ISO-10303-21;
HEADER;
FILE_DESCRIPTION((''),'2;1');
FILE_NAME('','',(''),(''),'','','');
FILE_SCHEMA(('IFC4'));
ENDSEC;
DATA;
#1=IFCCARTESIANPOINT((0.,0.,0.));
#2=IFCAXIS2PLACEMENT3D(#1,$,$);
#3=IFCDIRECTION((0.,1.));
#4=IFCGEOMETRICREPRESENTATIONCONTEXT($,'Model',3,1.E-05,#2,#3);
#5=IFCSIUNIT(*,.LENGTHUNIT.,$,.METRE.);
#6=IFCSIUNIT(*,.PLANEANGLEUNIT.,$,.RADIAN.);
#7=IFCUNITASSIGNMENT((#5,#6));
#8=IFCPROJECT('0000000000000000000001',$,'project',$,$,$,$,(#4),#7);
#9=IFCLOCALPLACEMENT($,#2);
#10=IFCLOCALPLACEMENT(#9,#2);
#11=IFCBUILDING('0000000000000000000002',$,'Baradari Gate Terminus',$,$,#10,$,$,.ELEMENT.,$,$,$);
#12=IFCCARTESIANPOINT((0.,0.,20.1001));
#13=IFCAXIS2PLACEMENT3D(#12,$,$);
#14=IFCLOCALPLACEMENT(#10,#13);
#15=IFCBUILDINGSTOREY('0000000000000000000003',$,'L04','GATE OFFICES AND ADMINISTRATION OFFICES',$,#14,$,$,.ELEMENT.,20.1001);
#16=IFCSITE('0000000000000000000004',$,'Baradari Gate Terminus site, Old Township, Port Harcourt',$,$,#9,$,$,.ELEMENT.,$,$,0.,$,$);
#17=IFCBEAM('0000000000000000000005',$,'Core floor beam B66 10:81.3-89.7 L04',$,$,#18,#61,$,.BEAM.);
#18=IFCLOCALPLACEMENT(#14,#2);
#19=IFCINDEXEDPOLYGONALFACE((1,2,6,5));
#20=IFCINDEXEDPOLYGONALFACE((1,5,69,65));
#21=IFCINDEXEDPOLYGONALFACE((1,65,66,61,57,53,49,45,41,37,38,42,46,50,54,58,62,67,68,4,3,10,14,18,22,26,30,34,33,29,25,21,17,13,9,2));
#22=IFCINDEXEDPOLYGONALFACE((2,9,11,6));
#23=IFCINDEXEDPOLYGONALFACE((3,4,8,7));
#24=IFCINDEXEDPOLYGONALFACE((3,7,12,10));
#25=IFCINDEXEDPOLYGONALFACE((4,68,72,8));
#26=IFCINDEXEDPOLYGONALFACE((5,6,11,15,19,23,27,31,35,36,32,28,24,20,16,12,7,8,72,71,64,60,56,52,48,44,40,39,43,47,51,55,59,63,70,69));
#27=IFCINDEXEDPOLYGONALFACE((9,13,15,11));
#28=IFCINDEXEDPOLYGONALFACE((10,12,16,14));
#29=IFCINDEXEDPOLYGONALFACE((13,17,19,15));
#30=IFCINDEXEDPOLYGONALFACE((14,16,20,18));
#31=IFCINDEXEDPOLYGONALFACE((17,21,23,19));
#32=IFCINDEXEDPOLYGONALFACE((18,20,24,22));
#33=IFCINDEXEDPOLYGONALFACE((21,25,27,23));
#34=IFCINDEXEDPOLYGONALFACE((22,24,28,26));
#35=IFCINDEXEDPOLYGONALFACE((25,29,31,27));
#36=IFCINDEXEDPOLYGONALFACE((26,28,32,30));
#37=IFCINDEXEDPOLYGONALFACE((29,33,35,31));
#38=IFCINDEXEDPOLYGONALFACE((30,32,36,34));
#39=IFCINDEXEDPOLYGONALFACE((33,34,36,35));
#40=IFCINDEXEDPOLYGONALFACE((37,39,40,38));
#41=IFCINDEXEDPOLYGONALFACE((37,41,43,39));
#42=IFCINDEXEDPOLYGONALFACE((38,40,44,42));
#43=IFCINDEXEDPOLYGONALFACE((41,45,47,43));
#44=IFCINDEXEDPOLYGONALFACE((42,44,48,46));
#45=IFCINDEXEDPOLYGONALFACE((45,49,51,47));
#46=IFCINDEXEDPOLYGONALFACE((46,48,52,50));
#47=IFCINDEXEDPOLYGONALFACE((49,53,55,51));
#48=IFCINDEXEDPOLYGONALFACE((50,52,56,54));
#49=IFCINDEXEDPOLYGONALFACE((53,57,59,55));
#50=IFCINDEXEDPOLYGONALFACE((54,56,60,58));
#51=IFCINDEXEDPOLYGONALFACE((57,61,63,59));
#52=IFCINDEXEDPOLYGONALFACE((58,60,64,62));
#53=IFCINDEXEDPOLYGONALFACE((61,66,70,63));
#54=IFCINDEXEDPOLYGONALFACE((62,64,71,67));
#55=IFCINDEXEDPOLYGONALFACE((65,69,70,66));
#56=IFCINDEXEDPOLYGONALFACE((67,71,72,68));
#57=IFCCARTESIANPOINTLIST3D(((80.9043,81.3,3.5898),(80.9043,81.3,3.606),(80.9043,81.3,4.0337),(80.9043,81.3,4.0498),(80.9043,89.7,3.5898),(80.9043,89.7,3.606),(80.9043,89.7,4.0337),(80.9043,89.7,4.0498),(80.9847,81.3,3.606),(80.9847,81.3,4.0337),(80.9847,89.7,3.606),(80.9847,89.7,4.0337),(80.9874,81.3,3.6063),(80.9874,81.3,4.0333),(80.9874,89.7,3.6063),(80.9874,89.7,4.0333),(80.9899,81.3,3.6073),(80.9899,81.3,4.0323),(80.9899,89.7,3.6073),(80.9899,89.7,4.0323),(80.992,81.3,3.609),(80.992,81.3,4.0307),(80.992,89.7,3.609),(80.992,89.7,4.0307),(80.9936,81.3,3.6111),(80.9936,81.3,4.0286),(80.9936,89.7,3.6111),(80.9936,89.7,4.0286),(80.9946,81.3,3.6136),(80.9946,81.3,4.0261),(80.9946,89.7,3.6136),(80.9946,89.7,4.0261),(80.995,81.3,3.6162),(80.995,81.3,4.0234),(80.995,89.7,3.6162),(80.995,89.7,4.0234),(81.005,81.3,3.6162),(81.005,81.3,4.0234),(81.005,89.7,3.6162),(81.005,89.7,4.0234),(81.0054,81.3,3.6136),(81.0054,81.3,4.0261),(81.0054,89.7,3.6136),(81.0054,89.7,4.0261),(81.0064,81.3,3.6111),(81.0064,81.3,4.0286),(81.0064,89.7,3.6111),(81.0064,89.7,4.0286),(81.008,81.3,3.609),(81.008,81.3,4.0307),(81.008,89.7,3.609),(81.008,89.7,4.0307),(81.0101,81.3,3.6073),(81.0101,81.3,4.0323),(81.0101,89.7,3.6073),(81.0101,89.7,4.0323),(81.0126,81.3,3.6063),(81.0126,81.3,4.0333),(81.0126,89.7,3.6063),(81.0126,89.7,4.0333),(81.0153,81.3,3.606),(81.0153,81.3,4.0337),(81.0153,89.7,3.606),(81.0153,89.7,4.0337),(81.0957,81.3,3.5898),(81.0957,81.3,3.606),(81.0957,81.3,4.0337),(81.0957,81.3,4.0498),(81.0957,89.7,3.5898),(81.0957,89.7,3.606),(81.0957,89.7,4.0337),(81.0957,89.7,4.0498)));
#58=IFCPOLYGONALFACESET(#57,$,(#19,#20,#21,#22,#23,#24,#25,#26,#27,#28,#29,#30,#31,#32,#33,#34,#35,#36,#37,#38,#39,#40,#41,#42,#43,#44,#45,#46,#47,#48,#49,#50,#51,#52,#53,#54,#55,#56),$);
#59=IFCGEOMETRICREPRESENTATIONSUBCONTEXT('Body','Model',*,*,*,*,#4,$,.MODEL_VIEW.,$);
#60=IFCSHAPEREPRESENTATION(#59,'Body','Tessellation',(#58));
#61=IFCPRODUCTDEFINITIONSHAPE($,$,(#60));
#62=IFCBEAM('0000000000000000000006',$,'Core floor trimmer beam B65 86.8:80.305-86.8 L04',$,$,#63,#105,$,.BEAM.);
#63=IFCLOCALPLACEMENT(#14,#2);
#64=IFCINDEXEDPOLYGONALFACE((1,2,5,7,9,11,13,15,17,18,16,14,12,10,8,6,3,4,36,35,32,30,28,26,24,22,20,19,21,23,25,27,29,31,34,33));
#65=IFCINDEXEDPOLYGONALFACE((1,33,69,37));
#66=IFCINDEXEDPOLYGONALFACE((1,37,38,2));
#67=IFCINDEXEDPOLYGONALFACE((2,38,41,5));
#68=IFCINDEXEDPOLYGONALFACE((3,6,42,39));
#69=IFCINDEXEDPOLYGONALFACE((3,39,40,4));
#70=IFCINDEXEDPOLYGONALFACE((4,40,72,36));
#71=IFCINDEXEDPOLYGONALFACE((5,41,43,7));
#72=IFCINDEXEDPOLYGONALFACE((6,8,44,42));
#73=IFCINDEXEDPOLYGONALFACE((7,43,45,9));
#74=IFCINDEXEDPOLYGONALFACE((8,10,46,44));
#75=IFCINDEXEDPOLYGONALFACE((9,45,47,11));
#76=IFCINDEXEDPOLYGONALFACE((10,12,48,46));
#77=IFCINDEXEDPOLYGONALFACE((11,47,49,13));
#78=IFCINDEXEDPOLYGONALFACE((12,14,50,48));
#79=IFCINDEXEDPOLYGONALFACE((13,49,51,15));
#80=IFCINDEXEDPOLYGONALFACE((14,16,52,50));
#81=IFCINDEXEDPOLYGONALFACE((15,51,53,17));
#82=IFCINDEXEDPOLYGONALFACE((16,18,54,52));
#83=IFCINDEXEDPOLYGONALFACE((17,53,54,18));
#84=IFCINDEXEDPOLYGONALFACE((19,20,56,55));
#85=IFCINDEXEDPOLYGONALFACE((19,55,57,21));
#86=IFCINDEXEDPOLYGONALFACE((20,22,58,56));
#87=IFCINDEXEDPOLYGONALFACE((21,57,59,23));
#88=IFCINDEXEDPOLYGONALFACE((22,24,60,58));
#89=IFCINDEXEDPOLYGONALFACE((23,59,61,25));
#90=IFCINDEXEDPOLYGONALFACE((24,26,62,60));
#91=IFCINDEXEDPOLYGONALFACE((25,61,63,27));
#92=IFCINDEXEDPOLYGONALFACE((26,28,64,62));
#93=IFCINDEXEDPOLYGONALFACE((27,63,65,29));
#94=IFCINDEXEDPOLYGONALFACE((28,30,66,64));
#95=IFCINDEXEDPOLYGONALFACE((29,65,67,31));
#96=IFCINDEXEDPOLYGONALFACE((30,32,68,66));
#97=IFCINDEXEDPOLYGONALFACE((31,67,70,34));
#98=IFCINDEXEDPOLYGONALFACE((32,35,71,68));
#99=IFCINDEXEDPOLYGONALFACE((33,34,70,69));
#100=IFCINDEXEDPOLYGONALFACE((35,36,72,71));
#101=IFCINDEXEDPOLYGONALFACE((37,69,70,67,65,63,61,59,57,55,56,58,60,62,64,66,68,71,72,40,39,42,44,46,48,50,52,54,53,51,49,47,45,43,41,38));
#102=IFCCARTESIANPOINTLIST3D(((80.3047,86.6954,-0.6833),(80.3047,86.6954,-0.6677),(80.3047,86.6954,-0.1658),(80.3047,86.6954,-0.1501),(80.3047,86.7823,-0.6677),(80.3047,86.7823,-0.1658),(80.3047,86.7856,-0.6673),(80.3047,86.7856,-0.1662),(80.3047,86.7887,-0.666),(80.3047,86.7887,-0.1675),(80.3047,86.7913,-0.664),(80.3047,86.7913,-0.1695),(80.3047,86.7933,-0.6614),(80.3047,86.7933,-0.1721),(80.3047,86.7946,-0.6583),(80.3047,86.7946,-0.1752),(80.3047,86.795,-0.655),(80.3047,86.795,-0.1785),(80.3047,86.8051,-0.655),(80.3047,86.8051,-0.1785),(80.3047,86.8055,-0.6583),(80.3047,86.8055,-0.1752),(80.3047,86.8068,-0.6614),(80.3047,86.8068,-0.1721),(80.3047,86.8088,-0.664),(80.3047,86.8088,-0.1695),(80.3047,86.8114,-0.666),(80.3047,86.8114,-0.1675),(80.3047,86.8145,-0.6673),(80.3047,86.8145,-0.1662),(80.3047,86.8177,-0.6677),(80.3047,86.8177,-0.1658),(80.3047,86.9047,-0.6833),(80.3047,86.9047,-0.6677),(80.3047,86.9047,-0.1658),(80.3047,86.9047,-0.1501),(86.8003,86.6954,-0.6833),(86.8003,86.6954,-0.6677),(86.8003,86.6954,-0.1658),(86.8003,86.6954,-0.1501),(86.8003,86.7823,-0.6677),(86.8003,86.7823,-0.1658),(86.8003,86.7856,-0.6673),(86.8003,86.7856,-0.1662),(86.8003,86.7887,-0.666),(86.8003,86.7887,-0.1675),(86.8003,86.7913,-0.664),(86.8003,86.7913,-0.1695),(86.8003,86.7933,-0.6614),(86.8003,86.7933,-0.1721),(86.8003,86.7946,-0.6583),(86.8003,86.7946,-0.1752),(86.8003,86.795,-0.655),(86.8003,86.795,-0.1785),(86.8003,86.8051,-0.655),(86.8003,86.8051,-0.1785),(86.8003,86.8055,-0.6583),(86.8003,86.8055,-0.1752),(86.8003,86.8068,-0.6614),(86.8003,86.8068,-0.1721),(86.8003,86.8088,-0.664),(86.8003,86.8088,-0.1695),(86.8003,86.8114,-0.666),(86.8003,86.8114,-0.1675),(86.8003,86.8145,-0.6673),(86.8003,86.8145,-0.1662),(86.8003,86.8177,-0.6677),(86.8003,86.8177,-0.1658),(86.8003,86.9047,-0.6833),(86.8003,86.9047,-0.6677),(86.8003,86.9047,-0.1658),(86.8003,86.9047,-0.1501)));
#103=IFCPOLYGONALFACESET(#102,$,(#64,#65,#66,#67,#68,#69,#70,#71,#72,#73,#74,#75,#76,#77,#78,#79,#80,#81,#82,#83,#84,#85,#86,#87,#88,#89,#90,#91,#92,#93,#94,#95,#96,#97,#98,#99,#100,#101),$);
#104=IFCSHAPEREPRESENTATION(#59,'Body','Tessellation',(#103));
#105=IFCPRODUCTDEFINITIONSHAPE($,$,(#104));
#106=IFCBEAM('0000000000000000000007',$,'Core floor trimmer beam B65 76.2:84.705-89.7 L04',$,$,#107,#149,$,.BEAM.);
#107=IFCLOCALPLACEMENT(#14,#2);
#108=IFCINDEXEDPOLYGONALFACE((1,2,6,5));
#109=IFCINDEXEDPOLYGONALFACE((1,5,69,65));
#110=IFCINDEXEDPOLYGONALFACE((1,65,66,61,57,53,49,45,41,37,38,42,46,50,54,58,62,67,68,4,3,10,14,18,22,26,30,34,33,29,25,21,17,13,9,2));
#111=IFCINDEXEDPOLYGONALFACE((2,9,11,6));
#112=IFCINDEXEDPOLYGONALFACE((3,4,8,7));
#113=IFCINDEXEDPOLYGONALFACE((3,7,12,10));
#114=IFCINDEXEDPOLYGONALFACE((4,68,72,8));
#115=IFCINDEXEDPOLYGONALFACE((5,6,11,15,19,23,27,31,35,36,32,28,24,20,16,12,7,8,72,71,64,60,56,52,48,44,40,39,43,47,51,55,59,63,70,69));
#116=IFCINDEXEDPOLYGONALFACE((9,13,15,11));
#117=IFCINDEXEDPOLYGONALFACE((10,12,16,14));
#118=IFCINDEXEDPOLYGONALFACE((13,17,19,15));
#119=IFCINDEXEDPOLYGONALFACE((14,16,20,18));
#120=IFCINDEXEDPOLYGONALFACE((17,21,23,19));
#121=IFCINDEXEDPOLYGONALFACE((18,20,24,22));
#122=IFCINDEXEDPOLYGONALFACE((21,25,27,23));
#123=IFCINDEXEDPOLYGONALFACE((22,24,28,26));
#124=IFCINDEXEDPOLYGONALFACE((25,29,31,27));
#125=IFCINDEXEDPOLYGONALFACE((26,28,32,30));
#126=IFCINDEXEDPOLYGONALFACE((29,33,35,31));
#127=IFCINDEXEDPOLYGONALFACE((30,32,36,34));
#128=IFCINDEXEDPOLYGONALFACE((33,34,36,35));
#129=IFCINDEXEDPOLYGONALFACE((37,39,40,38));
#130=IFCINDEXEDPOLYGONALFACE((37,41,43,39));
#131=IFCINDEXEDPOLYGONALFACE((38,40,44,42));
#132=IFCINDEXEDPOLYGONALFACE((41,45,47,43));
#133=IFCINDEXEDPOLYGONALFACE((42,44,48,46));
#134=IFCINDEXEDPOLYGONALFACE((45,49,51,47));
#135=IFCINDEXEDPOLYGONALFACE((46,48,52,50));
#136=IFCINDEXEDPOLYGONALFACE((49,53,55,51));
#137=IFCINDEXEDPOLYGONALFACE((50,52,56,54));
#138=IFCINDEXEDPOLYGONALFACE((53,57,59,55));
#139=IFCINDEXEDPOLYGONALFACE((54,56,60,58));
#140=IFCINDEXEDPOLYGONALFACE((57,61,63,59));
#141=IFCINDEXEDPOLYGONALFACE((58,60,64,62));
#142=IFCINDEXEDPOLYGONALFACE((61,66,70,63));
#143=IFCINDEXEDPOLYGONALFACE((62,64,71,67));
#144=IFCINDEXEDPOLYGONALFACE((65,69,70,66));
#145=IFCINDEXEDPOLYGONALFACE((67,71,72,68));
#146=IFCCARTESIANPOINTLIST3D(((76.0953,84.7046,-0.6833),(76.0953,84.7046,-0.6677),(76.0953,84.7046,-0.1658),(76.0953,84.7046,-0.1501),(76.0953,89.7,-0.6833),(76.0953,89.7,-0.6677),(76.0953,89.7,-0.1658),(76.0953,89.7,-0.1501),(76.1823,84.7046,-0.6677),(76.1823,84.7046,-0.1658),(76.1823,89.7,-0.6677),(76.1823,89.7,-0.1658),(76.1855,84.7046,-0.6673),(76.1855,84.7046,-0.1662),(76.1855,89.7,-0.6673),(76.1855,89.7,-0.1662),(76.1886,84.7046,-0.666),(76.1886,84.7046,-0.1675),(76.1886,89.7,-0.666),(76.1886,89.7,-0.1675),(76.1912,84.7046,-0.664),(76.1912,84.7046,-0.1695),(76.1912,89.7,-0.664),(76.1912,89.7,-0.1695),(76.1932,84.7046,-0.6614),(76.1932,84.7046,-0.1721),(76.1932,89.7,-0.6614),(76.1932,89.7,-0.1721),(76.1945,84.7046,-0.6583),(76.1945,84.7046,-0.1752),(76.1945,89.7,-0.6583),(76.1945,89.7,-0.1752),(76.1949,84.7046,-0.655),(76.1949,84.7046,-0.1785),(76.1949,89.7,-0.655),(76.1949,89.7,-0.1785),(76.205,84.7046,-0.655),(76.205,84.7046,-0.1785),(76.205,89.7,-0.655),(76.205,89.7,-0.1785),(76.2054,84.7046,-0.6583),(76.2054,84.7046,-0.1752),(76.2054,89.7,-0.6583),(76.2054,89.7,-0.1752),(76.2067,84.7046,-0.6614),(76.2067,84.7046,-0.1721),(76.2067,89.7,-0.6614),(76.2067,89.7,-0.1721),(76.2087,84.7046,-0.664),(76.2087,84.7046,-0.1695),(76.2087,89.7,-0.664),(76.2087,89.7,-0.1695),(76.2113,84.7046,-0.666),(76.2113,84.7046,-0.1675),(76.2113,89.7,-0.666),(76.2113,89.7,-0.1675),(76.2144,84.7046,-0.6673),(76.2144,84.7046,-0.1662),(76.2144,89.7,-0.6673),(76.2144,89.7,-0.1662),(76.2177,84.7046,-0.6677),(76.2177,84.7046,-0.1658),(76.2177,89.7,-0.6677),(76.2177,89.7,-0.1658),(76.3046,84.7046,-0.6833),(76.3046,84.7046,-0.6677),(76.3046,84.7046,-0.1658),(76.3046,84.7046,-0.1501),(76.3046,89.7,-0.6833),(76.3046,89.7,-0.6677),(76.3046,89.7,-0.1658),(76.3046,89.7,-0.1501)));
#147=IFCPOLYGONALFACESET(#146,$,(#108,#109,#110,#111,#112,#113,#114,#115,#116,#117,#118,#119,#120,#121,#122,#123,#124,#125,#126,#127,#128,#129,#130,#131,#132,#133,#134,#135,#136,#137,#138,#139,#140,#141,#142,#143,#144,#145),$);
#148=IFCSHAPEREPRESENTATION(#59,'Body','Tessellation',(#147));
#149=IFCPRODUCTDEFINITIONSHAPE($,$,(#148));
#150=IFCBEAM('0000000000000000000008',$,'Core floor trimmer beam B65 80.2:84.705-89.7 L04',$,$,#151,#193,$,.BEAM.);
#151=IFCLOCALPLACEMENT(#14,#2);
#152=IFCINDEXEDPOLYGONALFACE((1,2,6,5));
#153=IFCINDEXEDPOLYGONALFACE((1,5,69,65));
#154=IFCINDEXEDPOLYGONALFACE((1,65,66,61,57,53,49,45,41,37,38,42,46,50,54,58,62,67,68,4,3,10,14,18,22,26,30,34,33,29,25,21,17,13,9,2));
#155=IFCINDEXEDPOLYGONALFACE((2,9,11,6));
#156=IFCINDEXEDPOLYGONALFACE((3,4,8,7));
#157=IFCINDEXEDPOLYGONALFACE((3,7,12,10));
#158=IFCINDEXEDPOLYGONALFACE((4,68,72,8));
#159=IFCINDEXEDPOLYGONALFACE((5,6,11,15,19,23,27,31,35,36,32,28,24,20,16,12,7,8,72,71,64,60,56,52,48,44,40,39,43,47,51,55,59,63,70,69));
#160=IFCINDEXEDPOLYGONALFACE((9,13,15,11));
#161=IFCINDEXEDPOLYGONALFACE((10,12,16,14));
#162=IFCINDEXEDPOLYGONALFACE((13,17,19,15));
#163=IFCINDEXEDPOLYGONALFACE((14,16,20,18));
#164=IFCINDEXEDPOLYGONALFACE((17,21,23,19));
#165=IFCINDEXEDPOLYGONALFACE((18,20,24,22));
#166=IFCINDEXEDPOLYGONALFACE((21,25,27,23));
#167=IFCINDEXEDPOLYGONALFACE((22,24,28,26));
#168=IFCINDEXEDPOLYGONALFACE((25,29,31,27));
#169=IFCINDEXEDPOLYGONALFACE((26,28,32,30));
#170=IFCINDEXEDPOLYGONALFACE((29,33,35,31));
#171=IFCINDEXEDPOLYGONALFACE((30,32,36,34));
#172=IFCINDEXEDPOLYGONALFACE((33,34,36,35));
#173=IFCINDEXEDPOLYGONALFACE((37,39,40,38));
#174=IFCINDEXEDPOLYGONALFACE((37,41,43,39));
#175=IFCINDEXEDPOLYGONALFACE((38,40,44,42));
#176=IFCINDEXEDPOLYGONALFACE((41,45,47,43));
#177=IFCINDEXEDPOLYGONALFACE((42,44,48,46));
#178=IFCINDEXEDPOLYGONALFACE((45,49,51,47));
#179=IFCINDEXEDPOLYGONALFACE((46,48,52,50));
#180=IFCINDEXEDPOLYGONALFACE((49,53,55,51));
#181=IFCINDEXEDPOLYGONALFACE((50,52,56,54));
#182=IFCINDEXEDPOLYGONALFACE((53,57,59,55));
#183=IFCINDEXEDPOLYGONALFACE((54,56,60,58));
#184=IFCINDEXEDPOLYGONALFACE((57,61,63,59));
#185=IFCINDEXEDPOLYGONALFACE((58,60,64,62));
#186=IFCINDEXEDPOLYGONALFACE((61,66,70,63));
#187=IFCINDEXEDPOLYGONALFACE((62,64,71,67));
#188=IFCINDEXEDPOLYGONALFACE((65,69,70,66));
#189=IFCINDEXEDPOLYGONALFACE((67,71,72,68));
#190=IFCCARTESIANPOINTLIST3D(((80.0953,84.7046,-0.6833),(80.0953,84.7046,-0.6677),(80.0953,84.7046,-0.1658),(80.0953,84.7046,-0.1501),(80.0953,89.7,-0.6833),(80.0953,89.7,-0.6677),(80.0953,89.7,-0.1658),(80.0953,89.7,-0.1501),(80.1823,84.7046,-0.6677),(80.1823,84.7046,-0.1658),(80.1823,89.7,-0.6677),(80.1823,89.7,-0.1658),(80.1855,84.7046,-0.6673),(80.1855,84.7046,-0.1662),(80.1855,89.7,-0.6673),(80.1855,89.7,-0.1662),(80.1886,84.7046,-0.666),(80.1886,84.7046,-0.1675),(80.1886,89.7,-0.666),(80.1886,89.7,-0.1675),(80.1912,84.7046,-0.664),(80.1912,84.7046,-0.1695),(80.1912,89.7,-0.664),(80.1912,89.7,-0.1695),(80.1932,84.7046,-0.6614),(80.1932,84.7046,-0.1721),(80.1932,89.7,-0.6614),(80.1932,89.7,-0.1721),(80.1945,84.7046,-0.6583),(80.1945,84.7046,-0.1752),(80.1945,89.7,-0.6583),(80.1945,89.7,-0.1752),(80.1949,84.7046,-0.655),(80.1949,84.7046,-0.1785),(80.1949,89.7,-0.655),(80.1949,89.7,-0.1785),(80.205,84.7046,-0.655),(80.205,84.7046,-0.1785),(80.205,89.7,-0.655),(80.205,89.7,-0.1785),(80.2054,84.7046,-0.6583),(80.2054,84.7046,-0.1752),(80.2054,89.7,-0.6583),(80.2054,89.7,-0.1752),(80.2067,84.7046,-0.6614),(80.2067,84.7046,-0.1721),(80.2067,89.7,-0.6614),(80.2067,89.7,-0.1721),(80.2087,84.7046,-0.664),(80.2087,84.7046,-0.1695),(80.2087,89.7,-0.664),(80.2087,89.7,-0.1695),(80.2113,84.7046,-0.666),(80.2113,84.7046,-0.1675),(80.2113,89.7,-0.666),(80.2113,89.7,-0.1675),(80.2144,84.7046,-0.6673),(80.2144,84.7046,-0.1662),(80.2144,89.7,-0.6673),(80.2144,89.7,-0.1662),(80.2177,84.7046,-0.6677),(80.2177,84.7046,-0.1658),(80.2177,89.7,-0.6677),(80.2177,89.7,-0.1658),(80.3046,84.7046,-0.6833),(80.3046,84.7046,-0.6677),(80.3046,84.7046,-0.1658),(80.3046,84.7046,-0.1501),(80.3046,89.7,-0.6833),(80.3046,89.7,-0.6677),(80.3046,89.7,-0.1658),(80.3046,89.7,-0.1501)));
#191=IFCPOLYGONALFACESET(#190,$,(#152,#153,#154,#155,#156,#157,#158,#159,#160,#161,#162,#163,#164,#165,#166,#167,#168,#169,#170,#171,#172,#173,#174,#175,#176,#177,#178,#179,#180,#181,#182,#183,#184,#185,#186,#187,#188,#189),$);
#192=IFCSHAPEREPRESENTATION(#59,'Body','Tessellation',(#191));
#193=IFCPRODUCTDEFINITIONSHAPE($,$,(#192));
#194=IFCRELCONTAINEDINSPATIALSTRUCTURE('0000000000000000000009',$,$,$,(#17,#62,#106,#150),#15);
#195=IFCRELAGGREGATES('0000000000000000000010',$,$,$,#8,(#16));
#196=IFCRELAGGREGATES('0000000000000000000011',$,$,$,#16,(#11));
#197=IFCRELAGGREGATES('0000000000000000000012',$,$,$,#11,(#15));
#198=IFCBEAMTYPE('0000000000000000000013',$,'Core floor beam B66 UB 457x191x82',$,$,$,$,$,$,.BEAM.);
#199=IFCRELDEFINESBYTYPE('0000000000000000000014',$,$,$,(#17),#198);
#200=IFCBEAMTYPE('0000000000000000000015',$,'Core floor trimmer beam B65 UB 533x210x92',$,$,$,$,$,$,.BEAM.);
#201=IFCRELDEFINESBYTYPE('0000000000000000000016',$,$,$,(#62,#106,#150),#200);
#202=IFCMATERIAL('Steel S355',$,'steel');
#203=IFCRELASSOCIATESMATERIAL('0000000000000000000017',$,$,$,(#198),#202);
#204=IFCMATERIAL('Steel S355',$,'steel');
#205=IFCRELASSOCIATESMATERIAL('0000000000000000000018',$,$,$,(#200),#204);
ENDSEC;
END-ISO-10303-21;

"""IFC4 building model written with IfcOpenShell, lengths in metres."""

from ifc_helpers import new_model, si_unit, direction, frame, origin, origin_2d, place, context, subcontext, project, spatial, i_section, extrude, material, material_profile, profile_set, type_object, element, save


model = new_model("IFC4")

# Units and contexts
model_context = context("Model", 3, precision=1e-05, world=origin(), true_north=direction((0.0, 1.0)))
body_context = subcontext(model_context, "Body", "Model", "MODEL_VIEW")
ifc_project = project(units=[si_unit("LENGTHUNIT", "METRE"), si_unit("PLANEANGLEUNIT", "RADIAN")], contexts=[model_context])

# Site, building, storey
site_placement = place(None, origin())
site = spatial("IfcSite", under=ifc_project, at=site_placement, Name="Baradari Gate Terminus site, Old Township, Port Harcourt", CompositionType="ELEMENT", RefElevation=0.0)
building_placement = place(site_placement, origin())
building = spatial("IfcBuilding", under=site, at=building_placement, Name="Baradari Gate Terminus", CompositionType="ELEMENT")
storey_placement = place(building_placement, frame((0.0, 0.0, 20.1001)))
storey = spatial("IfcBuildingStorey", under=building, at=storey_placement, Name="L04", Description="GATE OFFICES AND ADMINISTRATION OFFICES", CompositionType="ELEMENT", Elevation=20.1001)

# Beams
ifc_material_1 = material(Name="Steel S355", Category="steel")
ifc_material_profile_1 = material_profile(ifc_material_1, i_section(OverallWidth=0.1914, OverallDepth=0.46, WebThickness=0.01, FlangeThickness=0.0161, FilletRadius=0.0103, at=origin_2d()), Name="UB 457x191x82")
ifc_profile_set_1 = profile_set([ifc_material_profile_1], Name="Steel S355")
beam_type_1 = type_object("IfcBeamType", Name="Core floor beam B66 UB 457x191x82", PredefinedType="BEAM", material=ifc_profile_set_1)
beam_1_placement = place(storey_placement, frame((81.0, 81.3, 3.8198), z_axis=(0.0, 1.0, 0.0), x_axis=(-1.0, 0.0, 0.0)))
element("IfcBeam", 1, at=beam_1_placement, inside=storey, type_object=beam_type_1, Name="Core floor beam B66 10:81.3-89.7 L04", PredefinedType="BEAM", context=body_context, shape_type="SweptSolid", body=[
    extrude(i_section(OverallWidth=0.1914, OverallDepth=0.46, WebThickness=0.01, FlangeThickness=0.0161, FilletRadius=0.0103, at=origin_2d()), origin(), (0.0, 0.0, 1.0), 8.3999),
])
ifc_material_2 = material(Name="Steel S355", Category="steel")
ifc_material_profile_2 = material_profile(ifc_material_2, i_section(OverallWidth=0.2092, OverallDepth=0.5332, WebThickness=0.01, FlangeThickness=0.0156, FilletRadius=0.0127, at=origin_2d()), Name="UB 533x210x92")
ifc_profile_set_2 = profile_set([ifc_material_profile_2], Name="Steel S355")
beam_type_2 = type_object("IfcBeamType", Name="Core floor trimmer beam B65 UB 533x210x92", PredefinedType="BEAM", material=ifc_profile_set_2)
beam_2_placement = place(storey_placement, frame((80.3047, 86.8, -0.4167), z_axis=(1.0, 0.0, 0.0), x_axis=(0.0, 1.0, 0.0)))
element("IfcBeam", 2, at=beam_2_placement, inside=storey, type_object=beam_type_2, Name="Core floor trimmer beam B65 86.8:80.305-86.8 L04", PredefinedType="BEAM", context=body_context, shape_type="SweptSolid", body=[
    extrude(i_section(OverallWidth=0.2092, OverallDepth=0.5332, WebThickness=0.01, FlangeThickness=0.0156, FilletRadius=0.0127, at=origin_2d()), origin(), (0.0, 0.0, 1.0), 6.4956),
])
for number, where, z_axis, x_axis, name in (
    (3, (76.2, 84.7046, -0.4167), (0.0, 1.0, 0.0), (-1.0, 0.0, 0.0), "Core floor trimmer beam B65 76.2:84.705-89.7 L04"),
    (4, (80.2, 84.7046, -0.4167), (0.0, 1.0, 0.0), (-1.0, 0.0, 0.0), "Core floor trimmer beam B65 80.2:84.705-89.7 L04"),
):
    element("IfcBeam", number, at=place(storey_placement, frame(where, z_axis=z_axis, x_axis=x_axis)), inside=storey, type_object=beam_type_2, Name=name, PredefinedType="BEAM", context=body_context, shape_type="SweptSolid", body=[
        extrude(i_section(OverallWidth=0.2092, OverallDepth=0.5332, WebThickness=0.01, FlangeThickness=0.0156, FilletRadius=0.0127, at=origin_2d()), origin(), (0.0, 0.0, 1.0), 4.9954),
    ])

save(model, "model.ifc")
